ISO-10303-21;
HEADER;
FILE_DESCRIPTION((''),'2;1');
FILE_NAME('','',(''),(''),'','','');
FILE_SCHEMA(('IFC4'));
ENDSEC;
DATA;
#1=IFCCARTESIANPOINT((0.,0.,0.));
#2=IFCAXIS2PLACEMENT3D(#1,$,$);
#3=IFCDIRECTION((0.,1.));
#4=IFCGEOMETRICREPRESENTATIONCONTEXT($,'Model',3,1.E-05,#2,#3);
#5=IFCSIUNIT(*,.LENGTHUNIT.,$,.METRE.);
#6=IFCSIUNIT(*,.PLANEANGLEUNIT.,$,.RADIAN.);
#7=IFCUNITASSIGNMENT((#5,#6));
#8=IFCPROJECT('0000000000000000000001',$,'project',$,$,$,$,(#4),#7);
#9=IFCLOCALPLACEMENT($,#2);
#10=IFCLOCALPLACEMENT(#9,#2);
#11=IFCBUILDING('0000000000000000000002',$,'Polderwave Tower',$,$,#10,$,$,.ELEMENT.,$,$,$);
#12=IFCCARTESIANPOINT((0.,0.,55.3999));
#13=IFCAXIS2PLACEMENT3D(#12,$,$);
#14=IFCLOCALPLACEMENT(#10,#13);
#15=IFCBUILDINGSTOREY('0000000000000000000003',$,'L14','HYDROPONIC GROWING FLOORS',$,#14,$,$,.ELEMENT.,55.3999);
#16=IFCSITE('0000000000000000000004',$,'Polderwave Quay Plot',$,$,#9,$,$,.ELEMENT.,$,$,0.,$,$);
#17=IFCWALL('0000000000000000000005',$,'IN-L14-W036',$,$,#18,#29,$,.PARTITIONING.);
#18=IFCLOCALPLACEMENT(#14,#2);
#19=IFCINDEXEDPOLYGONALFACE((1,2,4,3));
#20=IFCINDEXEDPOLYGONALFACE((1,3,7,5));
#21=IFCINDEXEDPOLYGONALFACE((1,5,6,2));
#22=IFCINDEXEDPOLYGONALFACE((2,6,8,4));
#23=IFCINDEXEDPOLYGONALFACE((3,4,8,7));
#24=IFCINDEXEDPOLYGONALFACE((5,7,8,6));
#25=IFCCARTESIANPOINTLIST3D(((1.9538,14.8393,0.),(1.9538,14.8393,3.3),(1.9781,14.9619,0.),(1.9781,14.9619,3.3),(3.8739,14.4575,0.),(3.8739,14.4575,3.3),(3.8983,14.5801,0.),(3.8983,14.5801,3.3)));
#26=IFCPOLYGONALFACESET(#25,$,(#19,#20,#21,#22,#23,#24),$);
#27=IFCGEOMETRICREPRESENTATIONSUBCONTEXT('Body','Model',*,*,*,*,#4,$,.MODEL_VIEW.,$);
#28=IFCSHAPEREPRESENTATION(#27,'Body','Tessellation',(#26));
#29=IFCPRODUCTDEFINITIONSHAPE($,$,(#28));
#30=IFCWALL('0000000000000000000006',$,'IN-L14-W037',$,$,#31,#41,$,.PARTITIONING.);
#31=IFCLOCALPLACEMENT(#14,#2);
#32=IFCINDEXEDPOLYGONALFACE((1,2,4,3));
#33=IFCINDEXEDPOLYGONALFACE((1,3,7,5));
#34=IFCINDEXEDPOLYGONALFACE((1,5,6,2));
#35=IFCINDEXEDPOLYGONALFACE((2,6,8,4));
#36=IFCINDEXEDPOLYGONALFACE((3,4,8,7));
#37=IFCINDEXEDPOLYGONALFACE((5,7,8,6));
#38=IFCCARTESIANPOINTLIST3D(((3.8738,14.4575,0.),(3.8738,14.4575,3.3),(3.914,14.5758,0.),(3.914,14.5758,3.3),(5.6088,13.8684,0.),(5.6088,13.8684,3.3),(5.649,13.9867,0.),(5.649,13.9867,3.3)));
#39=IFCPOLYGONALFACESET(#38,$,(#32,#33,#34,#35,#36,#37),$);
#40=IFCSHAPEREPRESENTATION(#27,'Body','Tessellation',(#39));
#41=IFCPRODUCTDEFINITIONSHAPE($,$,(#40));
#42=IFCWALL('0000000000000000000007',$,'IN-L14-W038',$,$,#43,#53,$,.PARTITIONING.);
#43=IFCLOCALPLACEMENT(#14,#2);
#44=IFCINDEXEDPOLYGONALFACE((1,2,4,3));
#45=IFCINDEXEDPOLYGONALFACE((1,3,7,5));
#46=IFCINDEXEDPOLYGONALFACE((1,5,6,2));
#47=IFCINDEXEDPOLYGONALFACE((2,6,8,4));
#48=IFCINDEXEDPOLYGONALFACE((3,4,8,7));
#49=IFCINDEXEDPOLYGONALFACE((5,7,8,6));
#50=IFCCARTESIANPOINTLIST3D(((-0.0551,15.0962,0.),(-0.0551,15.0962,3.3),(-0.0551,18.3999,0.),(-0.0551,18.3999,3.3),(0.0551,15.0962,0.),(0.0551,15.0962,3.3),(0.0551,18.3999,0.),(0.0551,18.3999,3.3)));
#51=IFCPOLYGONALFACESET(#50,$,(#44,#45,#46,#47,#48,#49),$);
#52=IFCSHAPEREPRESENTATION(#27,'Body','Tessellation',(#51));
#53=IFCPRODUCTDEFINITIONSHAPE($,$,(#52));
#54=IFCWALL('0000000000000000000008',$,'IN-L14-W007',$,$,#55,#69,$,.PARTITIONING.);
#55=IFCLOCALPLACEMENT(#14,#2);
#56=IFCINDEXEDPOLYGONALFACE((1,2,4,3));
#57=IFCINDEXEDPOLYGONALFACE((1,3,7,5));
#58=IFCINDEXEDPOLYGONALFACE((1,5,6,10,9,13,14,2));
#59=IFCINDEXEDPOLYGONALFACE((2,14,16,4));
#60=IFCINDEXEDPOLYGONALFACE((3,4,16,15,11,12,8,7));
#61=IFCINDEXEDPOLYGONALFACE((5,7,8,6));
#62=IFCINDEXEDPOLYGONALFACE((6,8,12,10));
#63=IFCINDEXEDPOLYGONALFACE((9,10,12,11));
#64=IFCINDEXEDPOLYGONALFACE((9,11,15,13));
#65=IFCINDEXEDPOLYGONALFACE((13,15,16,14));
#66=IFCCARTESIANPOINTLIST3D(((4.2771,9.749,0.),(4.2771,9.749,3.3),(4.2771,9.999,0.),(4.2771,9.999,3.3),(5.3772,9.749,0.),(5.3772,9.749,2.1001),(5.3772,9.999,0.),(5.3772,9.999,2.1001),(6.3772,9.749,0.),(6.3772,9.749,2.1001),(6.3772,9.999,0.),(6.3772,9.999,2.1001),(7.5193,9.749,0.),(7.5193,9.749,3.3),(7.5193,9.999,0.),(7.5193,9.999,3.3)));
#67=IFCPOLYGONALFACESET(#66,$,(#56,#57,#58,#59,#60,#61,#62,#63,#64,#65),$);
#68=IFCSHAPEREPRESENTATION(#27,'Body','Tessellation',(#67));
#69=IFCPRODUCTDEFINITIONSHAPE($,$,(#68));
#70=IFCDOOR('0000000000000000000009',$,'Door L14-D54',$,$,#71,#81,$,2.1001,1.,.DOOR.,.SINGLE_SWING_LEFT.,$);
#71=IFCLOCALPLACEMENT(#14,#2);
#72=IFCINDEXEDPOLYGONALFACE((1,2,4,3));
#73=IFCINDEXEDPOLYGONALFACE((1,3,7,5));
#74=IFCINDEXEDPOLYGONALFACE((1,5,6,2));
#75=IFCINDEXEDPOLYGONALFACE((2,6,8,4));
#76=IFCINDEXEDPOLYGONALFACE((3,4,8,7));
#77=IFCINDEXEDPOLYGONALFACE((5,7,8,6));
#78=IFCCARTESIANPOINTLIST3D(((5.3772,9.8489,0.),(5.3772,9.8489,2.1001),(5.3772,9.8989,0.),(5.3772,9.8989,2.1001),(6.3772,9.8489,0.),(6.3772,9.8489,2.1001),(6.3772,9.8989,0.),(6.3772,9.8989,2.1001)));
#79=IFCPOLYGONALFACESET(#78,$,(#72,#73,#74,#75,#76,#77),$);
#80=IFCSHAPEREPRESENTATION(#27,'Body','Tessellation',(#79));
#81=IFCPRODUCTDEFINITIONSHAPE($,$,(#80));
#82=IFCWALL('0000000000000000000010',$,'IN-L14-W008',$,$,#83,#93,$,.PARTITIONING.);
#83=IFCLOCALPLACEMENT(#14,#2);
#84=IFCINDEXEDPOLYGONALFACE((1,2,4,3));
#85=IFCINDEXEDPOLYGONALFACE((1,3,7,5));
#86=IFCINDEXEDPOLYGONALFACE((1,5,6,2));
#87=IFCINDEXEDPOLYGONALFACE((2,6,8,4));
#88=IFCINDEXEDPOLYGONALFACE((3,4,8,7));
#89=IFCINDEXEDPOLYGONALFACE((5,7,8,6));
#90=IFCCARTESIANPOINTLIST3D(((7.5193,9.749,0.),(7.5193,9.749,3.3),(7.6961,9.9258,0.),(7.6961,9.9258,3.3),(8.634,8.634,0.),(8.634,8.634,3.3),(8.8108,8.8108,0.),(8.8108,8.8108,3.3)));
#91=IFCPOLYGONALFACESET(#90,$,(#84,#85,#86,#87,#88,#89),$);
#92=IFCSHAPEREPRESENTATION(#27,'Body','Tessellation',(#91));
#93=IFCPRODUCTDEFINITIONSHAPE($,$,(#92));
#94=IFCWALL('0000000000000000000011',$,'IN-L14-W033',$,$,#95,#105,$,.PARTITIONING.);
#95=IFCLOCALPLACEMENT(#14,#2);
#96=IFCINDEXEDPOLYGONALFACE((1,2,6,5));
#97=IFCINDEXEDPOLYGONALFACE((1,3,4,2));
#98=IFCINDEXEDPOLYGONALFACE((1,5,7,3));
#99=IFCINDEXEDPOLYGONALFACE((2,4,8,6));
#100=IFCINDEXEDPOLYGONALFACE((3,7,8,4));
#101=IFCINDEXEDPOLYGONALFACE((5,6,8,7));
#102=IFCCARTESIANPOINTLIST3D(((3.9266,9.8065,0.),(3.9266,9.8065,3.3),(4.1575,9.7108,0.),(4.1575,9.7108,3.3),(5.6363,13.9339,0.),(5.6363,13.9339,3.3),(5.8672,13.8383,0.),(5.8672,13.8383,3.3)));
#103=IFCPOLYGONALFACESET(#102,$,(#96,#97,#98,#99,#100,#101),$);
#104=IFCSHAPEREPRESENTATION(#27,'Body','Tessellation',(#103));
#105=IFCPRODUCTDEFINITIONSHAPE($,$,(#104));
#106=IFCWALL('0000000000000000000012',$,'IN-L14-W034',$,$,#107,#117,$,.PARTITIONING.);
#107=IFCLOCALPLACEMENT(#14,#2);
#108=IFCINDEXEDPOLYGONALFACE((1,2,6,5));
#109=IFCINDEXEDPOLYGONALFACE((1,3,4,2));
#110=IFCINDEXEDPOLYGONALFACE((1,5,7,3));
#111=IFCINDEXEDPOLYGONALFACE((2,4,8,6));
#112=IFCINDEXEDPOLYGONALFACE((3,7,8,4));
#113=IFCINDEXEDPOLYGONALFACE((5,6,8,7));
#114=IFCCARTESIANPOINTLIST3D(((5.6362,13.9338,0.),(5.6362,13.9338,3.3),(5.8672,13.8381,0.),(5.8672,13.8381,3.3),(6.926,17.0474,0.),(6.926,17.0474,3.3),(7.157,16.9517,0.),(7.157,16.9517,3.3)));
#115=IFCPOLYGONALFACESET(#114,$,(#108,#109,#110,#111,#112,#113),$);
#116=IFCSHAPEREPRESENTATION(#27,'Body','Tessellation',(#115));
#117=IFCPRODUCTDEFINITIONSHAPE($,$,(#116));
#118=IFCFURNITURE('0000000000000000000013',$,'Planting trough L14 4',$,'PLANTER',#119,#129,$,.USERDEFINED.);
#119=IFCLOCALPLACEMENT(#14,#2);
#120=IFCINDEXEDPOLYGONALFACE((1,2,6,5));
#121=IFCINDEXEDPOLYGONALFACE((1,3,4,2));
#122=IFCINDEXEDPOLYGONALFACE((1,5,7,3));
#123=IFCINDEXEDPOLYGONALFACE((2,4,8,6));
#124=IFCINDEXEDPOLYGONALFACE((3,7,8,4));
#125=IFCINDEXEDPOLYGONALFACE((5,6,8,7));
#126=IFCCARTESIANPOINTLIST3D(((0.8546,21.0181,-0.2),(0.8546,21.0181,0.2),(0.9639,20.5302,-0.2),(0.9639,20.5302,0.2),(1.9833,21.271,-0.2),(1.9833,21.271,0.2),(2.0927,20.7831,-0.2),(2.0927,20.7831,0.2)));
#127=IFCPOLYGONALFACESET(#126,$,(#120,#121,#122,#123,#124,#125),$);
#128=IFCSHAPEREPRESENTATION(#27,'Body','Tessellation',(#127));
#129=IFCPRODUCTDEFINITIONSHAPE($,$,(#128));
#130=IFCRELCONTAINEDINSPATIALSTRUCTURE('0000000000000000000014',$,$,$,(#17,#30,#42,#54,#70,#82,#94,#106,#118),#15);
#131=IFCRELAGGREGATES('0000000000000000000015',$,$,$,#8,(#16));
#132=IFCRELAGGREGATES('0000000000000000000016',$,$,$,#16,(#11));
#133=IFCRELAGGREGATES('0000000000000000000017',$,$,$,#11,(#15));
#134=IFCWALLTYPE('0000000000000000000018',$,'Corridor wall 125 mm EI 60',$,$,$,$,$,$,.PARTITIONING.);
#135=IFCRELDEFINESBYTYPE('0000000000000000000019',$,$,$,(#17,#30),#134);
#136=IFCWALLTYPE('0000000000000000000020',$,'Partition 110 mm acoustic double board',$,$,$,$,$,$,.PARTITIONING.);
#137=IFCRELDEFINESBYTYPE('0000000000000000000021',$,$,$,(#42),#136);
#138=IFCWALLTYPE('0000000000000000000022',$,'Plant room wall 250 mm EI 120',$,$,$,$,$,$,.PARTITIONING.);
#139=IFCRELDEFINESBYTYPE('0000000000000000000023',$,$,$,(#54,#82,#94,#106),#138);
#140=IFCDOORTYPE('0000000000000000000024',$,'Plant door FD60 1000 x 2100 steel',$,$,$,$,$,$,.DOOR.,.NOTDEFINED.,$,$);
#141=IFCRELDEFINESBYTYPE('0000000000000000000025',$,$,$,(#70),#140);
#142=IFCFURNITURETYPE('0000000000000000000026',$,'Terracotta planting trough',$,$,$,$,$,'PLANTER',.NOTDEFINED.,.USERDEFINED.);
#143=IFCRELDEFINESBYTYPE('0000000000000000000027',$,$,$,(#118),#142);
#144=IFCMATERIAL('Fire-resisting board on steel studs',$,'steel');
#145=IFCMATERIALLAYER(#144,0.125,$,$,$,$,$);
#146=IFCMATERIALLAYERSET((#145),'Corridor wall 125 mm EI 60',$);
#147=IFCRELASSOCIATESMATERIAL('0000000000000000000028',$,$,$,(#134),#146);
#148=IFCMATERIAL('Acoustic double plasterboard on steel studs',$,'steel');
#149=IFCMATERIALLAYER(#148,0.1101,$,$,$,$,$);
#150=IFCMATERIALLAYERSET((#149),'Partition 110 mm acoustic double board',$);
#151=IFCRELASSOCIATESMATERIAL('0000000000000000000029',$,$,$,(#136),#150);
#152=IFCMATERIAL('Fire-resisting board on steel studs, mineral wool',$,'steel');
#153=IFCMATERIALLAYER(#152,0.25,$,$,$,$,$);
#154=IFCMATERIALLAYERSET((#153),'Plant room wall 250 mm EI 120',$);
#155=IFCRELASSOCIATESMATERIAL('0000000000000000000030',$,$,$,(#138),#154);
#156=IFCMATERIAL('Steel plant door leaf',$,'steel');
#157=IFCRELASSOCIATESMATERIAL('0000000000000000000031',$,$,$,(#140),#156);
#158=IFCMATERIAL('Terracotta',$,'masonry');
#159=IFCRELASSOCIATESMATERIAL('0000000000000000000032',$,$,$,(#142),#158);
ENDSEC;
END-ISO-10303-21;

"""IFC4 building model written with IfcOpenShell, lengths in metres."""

from ifc_helpers import new_model, si_unit, direction, frame, frame_2d, origin, origin_2d, place, context, subcontext, project, spatial, rectangle, extrude, material, layer, layer_set, type_object, element, fill, save


model = new_model("IFC4")

# Units and contexts
model_context = context("Model", 3, precision=1e-05, world=origin(), true_north=direction((0.0, 1.0)))
body_context = subcontext(model_context, "Body", "Model", "MODEL_VIEW")
ifc_project = project(units=[si_unit("LENGTHUNIT", "METRE"), si_unit("PLANEANGLEUNIT", "RADIAN")], contexts=[model_context])

# Site, building, storey
site_placement = place(None, origin())
site = spatial("IfcSite", under=ifc_project, at=site_placement, Name="Polderwave Quay Plot", CompositionType="ELEMENT", RefElevation=0.0)
building_placement = place(site_placement, origin())
building = spatial("IfcBuilding", under=site, at=building_placement, Name="Polderwave Tower", CompositionType="ELEMENT")
storey_placement = place(building_placement, frame((0.0, 0.0, 55.3999)))
storey = spatial("IfcBuildingStorey", under=building, at=storey_placement, Name="L14", Description="HYDROPONIC GROWING FLOORS", CompositionType="ELEMENT", Elevation=55.3999)

# Shared definitions
ifc_material_1 = material(Name="Fire-resisting board on steel studs", Category="steel")
ifc_layer_1 = layer(ifc_material_1, 0.125)
ifc_layer_set_1 = layer_set([ifc_layer_1], Name="Corridor wall 125 mm EI 60")
wall_type_1 = type_object("IfcWallType", Name="Corridor wall 125 mm EI 60", PredefinedType="PARTITIONING", material=ifc_layer_set_1)

# Walls
wall_1_placement = place(storey_placement, frame((1.9658, 14.9006, 0.0), z_axis=(0.0, 0.0, 1.0), x_axis=(0.980796, -0.195037, 0.0)))
element("IfcWall", 1, at=wall_1_placement, inside=storey, type_object=wall_type_1, Name="IN-L14-W036", PredefinedType="PARTITIONING", context=body_context, shape_type="SweptSolid", body=[
    extrude(rectangle(XDim=1.9578, YDim=0.125, at=frame_2d((0.979, 0.0))), origin(), (0.0, 0.0, 1.0), 3.3),
])
wall_2_placement = place(storey_placement, frame((3.894, 14.5166, 0.0), z_axis=(0.0, 0.0, 1.0), x_axis=(0.94691, -0.321499, 0.0)))
element("IfcWall", 2, at=wall_2_placement, inside=storey, type_object=wall_type_1, Name="IN-L14-W037", PredefinedType="PARTITIONING", context=body_context, shape_type="SweptSolid", body=[
    extrude(rectangle(XDim=1.8323, YDim=0.125, at=frame_2d((0.916, 0.0))), origin(), (0.0, 0.0, 1.0), 3.3),
])
ifc_material_2 = material(Name="Acoustic double plasterboard on steel studs", Category="steel")
ifc_layer_2 = layer(ifc_material_2, 0.1101)
ifc_layer_set_2 = layer_set([ifc_layer_2], Name="Partition 110 mm acoustic double board")
wall_type_2 = type_object("IfcWallType", Name="Partition 110 mm acoustic double board", PredefinedType="PARTITIONING", material=ifc_layer_set_2)
wall_3_placement = place(storey_placement, frame((0.0, 15.0962, 0.0), z_axis=(0.0, 0.0, 1.0), x_axis=(0.0, 1.0, 0.0)))
element("IfcWall", 3, at=wall_3_placement, inside=storey, type_object=wall_type_2, Name="IN-L14-W038", PredefinedType="PARTITIONING", context=body_context, shape_type="SweptSolid", body=[
    extrude(rectangle(XDim=3.3037, YDim=0.1101, at=frame_2d((1.6519, 0.0))), origin(), (0.0, 0.0, 1.0), 3.3),
])

# Wall, opening, door
ifc_material_3 = material(Name="Fire-resisting board on steel studs, mineral wool", Category="steel")
ifc_layer_3 = layer(ifc_material_3, 0.25)
ifc_layer_set_3 = layer_set([ifc_layer_3], Name="Plant room wall 250 mm EI 120")
wall_type_3 = type_object("IfcWallType", Name="Plant room wall 250 mm EI 120", PredefinedType="PARTITIONING", material=ifc_layer_set_3)
wall_4_placement = place(storey_placement, frame((4.2771, 9.874, 0.0), z_axis=(0.0, 0.0, 1.0), x_axis=(1.0, 0.0, 0.0)))
wall_4 = element("IfcWall", 4, at=wall_4_placement, inside=storey, type_object=wall_type_3, Name="IN-L14-W007", PredefinedType="PARTITIONING", context=body_context, shape_type="SweptSolid", body=[
    extrude(rectangle(XDim=3.2422, YDim=0.25, at=frame_2d((1.6211, 0.0))), origin(), (0.0, 0.0, 1.0), 3.3),
])
opening_1_placement = place(wall_4_placement, frame((1.1001, 0.0, 0.0)))
opening_1 = element("IfcOpeningElement", 5, at=opening_1_placement, cuts=wall_4, PredefinedType="OPENING", context=body_context, shape_type="SweptSolid", body=[
    extrude(rectangle(XDim=1.0, YDim=2.1001, at=frame_2d((0.5, 1.05))), frame((0.0, 0.135, 0.0), z_axis=(0.0, -1.0, 0.0), x_axis=(1.0, 0.0, 0.0)), (0.0, 0.0, 1.0), 0.27),
])
ifc_material_4 = material(Name="Steel plant door leaf", Category="steel")
door_type_1 = type_object("IfcDoorType", Name="Plant door FD60 1000 x 2100 steel", OperationType="NOTDEFINED", PredefinedType="DOOR", material=ifc_material_4)
door_1_placement = place(opening_1_placement, origin())
door_1 = element("IfcDoor", 6, at=door_1_placement, inside=storey, type_object=door_type_1, Name="Door L14-D54", OperationType="SINGLE_SWING_LEFT", OverallHeight=2.1001, OverallWidth=1.0, PredefinedType="DOOR", context=body_context, shape_type="SweptSolid", body=[
    extrude(rectangle(XDim=1.0, YDim=2.1001, at=frame_2d((0.5, 1.05))), frame((0.0, 0.0249, 0.0), z_axis=(0.0, -1.0, 0.0), x_axis=(1.0, 0.0, 0.0)), (0.0, 0.0, 1.0), 0.05),
])
fill(opening_1, door_1)

# Walls
wall_5_placement = place(storey_placement, frame((7.6077, 9.8374, 0.0), z_axis=(0.0, 0.0, 1.0), x_axis=(0.707029, -0.707184, 0.0)))
element("IfcWall", 7, at=wall_5_placement, inside=storey, type_object=wall_type_3, Name="IN-L14-W008", PredefinedType="PARTITIONING", context=body_context, shape_type="SweptSolid", body=[
    extrude(rectangle(XDim=1.5767, YDim=0.25, at=frame_2d((0.7883, 0.0))), origin(), (0.0, 0.0, 1.0), 3.3),
])
wall_6_placement = place(storey_placement, frame((4.042, 9.7585, 0.0), z_axis=(0.0, 0.0, 1.0), x_axis=(0.382698, 0.923874, 0.0)))
element("IfcWall", 8, at=wall_6_placement, inside=storey, type_object=wall_type_3, Name="IN-L14-W033", PredefinedType="PARTITIONING", context=body_context, shape_type="SweptSolid", body=[
    extrude(rectangle(XDim=4.4675, YDim=0.25, at=frame_2d((2.2339, 0.0))), origin(), (0.0, 0.0, 1.0), 3.3),
])
wall_7_placement = place(storey_placement, frame((5.7517, 13.886, 0.0), z_axis=(0.0, 0.0, 1.0), x_axis=(0.382716, 0.923866, 0.0)))
element("IfcWall", 9, at=wall_7_placement, inside=storey, type_object=wall_type_3, Name="IN-L14-W034", PredefinedType="PARTITIONING", context=body_context, shape_type="SweptSolid", body=[
    extrude(rectangle(XDim=3.3701, YDim=0.25, at=frame_2d((1.6851, 0.0))), origin(), (0.0, 0.0, 1.0), 3.3),
])

# Furniture
ifc_material_5 = material(Name="Terracotta", Category="masonry")
furniture_type = type_object("IfcFurnitureType", Name="Terracotta planting trough", ElementType="PLANTER", AssemblyPlace="NOTDEFINED", PredefinedType="USERDEFINED", material=ifc_material_5)
furniture_placement = place(storey_placement, frame((1.4736, 20.9006, -0.2), z_axis=(0.0, 0.0, 1.0), x_axis=(-0.975803, -0.218651, 0.0)))
element("IfcFurniture", 10, at=furniture_placement, inside=storey, type_object=furniture_type, Name="Planting trough L14 4", ObjectType="PLANTER", PredefinedType="USERDEFINED", context=body_context, shape_type="SweptSolid", body=[
    extrude(rectangle(XDim=1.1567, YDim=0.5, at=origin_2d()), origin(), (0.0, 0.0, 1.0), 0.3999),
])

save(model, "model.ifc")
